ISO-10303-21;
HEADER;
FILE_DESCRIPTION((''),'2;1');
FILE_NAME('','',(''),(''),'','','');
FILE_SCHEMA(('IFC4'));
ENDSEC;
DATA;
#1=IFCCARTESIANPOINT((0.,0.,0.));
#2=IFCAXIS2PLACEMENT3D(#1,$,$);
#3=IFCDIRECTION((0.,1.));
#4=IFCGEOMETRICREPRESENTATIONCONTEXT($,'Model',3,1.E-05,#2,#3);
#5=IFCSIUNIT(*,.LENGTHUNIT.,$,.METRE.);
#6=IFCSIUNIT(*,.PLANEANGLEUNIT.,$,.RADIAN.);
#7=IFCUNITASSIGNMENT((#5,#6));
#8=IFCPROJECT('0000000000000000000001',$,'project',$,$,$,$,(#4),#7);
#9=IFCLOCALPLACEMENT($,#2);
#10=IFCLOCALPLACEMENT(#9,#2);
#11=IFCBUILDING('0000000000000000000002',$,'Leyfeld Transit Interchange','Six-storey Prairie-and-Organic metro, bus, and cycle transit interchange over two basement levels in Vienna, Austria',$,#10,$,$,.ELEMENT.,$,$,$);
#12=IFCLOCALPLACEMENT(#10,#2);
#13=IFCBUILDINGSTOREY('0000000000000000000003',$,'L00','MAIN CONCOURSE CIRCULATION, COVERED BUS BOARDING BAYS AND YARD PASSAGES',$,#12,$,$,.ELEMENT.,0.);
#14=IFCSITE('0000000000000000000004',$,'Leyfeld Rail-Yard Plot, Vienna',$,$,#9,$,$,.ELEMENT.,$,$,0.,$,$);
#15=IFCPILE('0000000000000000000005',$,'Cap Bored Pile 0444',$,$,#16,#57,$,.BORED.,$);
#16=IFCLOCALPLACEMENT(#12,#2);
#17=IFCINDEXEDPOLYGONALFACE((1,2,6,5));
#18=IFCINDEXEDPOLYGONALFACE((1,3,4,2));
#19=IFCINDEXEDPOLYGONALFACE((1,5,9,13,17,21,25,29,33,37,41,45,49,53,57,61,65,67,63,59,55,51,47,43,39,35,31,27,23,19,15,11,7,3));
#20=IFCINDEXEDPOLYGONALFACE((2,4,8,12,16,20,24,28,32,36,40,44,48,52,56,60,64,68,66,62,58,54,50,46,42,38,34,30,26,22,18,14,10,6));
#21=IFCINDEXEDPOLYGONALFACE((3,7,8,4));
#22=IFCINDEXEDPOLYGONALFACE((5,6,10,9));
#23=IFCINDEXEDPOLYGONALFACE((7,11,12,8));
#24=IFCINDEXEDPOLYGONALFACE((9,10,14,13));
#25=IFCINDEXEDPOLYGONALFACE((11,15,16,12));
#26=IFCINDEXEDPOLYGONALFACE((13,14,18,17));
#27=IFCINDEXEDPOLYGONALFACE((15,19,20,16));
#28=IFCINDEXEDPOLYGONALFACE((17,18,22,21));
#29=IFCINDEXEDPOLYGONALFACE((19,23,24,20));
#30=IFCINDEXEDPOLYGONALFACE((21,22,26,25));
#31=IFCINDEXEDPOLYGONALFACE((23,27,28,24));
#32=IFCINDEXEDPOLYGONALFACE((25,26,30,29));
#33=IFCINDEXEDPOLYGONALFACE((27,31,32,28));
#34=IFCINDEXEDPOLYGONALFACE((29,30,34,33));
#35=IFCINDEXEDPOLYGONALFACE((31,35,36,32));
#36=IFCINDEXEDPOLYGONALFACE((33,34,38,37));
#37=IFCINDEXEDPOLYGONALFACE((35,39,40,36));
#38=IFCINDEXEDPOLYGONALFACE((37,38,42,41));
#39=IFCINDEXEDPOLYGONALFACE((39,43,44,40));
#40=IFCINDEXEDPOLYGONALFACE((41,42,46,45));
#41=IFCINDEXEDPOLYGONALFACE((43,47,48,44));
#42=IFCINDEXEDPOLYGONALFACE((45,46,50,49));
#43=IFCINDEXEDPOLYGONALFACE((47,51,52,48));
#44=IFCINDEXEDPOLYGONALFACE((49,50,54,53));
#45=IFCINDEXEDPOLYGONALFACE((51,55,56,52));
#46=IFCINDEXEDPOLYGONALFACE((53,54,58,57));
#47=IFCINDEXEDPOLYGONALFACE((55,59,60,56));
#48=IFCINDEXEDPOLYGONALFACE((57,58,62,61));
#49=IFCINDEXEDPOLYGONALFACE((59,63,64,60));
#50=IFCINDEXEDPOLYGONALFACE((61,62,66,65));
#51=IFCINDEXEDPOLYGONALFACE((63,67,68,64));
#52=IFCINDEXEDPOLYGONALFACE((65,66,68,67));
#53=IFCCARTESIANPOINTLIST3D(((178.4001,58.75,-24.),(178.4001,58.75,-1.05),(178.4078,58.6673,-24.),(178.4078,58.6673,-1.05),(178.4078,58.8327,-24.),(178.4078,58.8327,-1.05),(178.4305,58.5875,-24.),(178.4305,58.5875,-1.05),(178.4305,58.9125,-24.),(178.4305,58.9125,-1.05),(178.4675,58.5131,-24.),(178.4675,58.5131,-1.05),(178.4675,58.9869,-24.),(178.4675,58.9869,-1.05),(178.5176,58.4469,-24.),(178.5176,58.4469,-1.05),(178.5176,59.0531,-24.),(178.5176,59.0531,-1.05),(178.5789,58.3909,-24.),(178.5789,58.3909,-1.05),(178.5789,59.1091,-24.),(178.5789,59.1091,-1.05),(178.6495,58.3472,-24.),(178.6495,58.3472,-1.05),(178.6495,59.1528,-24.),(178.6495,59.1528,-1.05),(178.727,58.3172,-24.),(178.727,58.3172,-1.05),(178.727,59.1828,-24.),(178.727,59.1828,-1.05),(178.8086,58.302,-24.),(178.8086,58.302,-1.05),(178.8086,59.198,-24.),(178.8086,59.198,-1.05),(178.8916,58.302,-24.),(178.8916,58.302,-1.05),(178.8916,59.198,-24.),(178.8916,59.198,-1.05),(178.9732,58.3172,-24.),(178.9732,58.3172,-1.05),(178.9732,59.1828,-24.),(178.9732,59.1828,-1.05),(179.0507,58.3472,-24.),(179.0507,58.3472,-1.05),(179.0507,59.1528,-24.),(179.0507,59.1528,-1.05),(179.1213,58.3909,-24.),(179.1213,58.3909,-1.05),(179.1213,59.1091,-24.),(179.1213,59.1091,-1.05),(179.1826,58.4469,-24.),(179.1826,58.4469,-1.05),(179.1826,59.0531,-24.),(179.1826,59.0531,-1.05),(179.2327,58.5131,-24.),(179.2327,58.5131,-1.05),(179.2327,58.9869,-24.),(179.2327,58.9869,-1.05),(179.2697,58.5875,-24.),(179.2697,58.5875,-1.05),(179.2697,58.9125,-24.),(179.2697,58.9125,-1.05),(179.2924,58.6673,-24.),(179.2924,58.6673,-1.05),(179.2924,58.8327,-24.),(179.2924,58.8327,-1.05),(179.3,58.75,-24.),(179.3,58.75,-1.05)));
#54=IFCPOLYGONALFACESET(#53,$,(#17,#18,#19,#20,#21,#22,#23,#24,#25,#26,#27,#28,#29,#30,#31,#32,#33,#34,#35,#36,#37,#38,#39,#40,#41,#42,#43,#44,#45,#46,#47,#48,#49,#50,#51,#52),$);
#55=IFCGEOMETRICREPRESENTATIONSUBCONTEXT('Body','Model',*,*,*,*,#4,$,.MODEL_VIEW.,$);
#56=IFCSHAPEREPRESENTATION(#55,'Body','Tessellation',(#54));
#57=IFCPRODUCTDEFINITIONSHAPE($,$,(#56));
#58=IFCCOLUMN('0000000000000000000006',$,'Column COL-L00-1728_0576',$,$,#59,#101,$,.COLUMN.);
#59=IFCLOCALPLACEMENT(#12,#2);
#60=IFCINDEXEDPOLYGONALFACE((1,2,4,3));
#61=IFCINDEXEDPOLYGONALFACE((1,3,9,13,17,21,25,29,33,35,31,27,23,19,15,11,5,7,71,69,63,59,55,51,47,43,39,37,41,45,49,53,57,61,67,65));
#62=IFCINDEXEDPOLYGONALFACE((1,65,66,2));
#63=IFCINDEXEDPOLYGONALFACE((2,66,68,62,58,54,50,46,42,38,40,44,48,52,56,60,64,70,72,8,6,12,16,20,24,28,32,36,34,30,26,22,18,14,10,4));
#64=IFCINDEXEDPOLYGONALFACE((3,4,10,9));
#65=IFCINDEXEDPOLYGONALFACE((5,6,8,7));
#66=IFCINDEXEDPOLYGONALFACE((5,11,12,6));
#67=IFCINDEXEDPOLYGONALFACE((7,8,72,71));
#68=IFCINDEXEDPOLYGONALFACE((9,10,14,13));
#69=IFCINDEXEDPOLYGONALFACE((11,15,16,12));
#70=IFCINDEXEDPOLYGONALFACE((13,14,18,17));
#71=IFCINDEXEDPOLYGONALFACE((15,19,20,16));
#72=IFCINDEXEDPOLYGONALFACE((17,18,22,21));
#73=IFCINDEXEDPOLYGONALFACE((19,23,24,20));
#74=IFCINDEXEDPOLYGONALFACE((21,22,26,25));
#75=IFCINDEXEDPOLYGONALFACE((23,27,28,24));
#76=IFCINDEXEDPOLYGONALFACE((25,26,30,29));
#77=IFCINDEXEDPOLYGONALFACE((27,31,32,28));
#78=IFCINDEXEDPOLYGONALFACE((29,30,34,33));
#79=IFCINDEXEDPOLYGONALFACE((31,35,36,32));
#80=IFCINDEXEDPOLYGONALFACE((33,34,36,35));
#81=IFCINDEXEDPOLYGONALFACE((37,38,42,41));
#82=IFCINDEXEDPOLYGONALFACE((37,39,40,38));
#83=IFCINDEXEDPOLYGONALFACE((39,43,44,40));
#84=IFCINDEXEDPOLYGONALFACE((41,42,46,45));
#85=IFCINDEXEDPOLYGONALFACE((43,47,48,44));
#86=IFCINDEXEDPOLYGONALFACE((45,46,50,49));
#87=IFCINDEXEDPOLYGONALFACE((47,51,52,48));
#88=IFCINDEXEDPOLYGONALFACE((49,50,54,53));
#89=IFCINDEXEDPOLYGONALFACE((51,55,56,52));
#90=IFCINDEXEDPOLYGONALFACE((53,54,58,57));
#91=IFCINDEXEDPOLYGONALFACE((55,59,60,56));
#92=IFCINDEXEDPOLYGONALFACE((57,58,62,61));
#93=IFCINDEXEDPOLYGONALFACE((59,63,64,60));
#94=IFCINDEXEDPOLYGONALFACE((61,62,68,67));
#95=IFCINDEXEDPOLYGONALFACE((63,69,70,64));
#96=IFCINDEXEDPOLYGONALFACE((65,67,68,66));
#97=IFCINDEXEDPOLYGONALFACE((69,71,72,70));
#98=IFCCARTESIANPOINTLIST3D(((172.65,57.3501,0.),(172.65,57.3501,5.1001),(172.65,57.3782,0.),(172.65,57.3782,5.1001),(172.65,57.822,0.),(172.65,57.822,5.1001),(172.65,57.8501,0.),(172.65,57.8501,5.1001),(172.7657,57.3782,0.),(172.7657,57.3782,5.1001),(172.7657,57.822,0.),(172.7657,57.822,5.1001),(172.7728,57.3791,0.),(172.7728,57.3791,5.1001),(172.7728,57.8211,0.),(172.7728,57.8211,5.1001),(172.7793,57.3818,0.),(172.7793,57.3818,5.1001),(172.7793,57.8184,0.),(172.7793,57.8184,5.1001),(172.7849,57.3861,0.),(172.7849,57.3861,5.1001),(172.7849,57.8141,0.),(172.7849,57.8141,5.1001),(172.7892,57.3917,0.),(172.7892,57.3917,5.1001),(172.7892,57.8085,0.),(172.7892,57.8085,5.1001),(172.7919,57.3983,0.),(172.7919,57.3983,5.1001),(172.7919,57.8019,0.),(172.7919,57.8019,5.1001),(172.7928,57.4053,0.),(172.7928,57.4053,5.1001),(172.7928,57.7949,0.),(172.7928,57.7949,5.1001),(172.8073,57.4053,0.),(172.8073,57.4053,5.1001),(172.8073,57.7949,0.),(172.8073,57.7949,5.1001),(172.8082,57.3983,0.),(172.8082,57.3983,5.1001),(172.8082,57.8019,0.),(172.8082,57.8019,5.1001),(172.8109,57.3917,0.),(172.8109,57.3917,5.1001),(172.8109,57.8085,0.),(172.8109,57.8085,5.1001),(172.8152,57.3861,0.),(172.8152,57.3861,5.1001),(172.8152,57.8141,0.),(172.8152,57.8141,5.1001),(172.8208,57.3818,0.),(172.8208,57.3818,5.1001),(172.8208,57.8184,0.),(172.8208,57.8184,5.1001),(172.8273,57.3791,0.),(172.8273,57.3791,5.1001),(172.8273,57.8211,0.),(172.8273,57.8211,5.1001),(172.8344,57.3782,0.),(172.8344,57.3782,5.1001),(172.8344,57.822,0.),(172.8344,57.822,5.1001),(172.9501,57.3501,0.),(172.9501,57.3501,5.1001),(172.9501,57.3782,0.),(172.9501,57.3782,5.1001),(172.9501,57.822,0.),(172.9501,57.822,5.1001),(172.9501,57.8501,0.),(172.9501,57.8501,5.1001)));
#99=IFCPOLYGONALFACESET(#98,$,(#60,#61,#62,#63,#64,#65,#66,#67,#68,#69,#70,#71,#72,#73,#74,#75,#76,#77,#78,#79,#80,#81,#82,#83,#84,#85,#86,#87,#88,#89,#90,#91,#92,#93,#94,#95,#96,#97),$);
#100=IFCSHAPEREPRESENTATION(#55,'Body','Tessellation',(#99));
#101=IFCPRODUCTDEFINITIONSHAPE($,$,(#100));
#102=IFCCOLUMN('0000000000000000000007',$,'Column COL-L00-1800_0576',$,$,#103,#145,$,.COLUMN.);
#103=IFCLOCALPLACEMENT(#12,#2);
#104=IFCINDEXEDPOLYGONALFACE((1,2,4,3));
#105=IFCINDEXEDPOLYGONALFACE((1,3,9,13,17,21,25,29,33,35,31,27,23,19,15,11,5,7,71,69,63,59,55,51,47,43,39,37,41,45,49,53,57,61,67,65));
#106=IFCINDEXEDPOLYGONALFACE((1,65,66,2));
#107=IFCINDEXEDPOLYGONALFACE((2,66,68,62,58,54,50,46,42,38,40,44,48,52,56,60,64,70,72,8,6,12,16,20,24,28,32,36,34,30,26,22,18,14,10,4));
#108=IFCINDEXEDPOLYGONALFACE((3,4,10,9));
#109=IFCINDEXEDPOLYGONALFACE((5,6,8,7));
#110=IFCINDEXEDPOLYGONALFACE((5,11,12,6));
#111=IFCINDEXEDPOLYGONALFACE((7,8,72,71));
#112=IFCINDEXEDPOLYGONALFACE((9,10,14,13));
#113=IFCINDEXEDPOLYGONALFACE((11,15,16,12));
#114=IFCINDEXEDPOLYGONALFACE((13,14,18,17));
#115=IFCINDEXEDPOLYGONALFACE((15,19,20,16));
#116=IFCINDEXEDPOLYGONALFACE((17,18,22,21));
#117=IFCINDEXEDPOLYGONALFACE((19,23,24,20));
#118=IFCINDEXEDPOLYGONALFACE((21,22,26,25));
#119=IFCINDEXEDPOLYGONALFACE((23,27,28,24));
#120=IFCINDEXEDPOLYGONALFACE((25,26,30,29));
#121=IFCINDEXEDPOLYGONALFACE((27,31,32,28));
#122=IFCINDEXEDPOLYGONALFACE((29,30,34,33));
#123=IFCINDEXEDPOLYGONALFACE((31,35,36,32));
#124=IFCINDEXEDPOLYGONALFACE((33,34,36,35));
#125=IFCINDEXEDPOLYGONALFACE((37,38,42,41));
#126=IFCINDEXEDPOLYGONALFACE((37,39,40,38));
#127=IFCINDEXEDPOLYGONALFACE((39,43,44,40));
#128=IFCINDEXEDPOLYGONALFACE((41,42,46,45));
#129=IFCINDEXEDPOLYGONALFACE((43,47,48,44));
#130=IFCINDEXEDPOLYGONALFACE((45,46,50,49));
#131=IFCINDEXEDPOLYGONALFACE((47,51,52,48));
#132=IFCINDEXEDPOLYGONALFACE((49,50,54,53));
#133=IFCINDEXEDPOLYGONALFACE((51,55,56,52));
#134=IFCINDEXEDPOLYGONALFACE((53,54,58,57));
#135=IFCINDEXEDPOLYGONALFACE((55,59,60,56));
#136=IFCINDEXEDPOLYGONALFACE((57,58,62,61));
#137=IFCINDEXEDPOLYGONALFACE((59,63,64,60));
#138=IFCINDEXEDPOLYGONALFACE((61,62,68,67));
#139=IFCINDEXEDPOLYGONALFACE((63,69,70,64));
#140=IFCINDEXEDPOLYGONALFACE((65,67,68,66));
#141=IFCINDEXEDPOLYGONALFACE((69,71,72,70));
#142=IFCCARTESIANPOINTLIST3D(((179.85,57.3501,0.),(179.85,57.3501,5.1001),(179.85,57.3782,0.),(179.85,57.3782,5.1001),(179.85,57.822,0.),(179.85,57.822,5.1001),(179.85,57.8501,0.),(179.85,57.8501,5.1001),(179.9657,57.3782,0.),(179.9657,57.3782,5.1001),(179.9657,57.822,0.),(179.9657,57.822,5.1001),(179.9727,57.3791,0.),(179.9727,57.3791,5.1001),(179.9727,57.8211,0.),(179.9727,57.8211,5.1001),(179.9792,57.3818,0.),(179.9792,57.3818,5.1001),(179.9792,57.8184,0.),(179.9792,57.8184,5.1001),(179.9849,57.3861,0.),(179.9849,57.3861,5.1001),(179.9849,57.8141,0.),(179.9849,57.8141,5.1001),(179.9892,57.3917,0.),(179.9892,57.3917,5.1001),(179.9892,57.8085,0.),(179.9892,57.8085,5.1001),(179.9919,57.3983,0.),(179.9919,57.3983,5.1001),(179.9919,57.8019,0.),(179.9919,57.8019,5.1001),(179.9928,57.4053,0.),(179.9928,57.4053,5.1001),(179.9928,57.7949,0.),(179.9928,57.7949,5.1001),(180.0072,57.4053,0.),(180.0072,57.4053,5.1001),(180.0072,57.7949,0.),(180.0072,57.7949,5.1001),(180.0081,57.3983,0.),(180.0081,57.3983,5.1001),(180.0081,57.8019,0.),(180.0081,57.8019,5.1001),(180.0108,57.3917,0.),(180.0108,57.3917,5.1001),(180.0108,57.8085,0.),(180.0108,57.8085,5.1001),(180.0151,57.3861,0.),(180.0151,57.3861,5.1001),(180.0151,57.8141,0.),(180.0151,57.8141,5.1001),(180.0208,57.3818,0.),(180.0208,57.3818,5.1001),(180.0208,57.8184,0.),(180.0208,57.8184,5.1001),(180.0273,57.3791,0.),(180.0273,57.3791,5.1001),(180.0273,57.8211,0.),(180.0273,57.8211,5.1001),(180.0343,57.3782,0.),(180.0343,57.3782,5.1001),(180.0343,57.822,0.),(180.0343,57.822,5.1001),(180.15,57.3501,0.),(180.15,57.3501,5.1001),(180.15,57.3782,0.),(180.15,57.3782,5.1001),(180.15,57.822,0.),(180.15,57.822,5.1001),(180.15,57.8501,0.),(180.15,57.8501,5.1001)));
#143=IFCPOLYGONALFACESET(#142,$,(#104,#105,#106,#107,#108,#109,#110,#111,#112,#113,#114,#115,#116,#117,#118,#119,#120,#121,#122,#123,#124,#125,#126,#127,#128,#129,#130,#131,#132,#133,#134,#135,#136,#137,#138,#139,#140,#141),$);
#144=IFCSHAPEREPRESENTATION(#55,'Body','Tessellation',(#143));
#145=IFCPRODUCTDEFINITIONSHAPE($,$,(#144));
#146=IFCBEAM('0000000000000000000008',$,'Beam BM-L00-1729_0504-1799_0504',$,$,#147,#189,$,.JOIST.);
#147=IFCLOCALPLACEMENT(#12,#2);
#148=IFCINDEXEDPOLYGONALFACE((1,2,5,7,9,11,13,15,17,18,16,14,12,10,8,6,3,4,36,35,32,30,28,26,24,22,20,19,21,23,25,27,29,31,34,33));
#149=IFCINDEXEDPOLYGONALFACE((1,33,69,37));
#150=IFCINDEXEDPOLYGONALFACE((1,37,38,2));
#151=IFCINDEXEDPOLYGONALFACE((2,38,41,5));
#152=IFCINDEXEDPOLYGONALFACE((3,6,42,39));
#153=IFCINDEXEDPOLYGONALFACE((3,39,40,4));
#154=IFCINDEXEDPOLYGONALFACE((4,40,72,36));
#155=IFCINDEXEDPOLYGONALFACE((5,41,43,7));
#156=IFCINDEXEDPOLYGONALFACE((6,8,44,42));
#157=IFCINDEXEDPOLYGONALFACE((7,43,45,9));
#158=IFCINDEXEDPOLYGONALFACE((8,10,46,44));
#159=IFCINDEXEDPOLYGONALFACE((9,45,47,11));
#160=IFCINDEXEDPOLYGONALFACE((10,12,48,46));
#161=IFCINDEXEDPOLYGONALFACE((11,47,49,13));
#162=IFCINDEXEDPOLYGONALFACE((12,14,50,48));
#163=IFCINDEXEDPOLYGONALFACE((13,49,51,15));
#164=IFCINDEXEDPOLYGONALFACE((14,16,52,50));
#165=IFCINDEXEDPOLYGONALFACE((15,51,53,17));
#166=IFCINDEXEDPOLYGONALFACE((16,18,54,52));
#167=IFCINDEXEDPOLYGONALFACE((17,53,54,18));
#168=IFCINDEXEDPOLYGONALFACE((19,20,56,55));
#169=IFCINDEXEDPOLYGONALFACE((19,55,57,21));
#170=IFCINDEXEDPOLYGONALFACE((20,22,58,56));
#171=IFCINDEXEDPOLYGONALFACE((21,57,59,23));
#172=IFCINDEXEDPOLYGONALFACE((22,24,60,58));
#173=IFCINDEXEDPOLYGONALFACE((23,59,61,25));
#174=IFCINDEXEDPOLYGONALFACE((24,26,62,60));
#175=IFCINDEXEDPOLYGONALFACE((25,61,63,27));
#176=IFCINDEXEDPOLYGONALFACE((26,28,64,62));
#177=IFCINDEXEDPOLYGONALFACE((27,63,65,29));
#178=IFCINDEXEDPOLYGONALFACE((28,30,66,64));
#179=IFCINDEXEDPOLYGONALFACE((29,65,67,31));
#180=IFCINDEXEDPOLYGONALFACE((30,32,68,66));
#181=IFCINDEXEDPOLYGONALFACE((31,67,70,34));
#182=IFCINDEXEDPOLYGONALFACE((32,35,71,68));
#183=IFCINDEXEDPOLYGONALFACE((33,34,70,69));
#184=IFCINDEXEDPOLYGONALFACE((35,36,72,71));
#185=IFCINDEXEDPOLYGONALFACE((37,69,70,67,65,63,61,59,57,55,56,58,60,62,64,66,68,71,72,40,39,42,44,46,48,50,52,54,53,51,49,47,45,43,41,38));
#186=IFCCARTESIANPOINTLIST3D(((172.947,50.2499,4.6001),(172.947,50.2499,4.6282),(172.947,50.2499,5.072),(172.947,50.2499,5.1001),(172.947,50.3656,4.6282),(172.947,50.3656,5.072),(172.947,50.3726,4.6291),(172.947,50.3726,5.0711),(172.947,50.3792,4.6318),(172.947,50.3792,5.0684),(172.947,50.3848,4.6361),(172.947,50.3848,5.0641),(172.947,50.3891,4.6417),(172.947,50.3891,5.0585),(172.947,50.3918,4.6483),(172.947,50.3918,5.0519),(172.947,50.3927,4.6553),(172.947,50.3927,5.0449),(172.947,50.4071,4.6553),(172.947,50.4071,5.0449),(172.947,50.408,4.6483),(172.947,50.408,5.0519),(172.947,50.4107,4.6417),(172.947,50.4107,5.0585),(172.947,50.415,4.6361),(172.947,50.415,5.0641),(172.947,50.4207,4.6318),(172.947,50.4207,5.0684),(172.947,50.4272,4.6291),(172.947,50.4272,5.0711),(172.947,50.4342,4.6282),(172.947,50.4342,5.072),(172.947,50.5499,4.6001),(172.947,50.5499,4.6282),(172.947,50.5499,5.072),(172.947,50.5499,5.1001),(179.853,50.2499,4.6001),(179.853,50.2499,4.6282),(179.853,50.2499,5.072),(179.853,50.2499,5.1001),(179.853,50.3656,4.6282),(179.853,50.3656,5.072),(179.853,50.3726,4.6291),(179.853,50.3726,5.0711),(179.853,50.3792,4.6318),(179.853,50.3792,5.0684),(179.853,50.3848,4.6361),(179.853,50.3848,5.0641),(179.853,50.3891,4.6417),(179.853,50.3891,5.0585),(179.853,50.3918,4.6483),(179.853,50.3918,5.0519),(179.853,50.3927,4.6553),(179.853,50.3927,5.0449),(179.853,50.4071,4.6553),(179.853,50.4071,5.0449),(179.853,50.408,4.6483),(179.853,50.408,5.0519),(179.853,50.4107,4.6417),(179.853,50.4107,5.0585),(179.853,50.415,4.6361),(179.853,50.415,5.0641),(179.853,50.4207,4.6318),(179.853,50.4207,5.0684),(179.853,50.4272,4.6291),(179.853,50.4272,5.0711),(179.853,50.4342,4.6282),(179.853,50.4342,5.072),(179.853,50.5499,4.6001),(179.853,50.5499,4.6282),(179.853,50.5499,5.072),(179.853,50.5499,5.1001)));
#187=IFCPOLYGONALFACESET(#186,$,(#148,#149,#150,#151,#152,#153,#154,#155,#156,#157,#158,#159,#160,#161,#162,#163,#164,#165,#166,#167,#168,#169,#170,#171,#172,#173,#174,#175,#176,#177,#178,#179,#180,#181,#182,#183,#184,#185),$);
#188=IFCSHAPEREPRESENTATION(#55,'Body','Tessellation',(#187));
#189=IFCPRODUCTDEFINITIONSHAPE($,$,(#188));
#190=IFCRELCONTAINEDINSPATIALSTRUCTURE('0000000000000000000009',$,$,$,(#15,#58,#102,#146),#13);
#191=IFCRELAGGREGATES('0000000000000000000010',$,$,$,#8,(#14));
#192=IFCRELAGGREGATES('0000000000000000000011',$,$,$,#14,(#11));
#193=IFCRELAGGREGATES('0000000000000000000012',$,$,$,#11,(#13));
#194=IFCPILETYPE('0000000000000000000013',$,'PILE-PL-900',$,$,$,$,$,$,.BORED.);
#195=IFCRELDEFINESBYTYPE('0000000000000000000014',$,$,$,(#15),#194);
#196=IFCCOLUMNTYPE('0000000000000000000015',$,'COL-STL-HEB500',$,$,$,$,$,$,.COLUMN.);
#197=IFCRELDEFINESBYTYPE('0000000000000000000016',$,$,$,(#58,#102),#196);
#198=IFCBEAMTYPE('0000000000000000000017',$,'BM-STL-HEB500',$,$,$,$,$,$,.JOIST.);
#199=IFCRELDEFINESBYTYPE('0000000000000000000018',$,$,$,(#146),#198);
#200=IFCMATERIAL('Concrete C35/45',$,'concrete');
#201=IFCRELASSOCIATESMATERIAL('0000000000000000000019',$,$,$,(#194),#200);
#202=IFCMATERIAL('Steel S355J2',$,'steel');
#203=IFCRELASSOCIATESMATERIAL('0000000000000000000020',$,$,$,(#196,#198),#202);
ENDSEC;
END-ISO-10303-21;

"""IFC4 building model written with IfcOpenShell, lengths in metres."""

from ifc_helpers import new_model, si_unit, direction, frame, origin, origin_2d, place, context, subcontext, project, spatial, circle, i_section, extrude, material, material_profile, profile_set, type_object, element, save


model = new_model("IFC4")

# Units and contexts
model_context = context("Model", 3, precision=1e-05, world=origin(), true_north=direction((0.0, 1.0)))
body_context = subcontext(model_context, "Body", "Model", "MODEL_VIEW")
ifc_project = project(units=[si_unit("LENGTHUNIT", "METRE"), si_unit("PLANEANGLEUNIT", "RADIAN")], contexts=[model_context])

# Site, building, storey
site_placement = place(None, origin())
site = spatial("IfcSite", under=ifc_project, at=site_placement, Name="Leyfeld Rail-Yard Plot, Vienna", CompositionType="ELEMENT", RefElevation=0.0)
building_placement = place(site_placement, origin())
building = spatial("IfcBuilding", under=site, at=building_placement, Name="Leyfeld Transit Interchange", Description="Six-storey Prairie-and-Organic metro, bus, and cycle transit interchange over two basement levels in Vienna, Austria", CompositionType="ELEMENT")
storey_placement = place(building_placement, origin())
storey = spatial("IfcBuildingStorey", under=building, at=storey_placement, Name="L00", Description="MAIN CONCOURSE CIRCULATION, COVERED BUS BOARDING BAYS AND YARD PASSAGES", CompositionType="ELEMENT", Elevation=0.0)

# Shared definitions
ifc_material_1 = material(Name="Concrete C35/45", Category="concrete")

# Pile
ifc_material_profile_1 = material_profile(ifc_material_1, circle(Radius=0.45, at=origin_2d()), Name="PILE D900")
ifc_profile_set_1 = profile_set([ifc_material_profile_1], Name="Concrete C35/45")
pile_type = type_object("IfcPileType", Name="PILE-PL-900", PredefinedType="BORED", material=ifc_profile_set_1)
for number, where, z_axis, x_axis, name in (
    (1, (178.8501, 58.75, -1.05), (0.0, 0.0, -1.0), (1.0, 0.0, 0.0), "Cap Bored Pile 0444"),
):
    element("IfcPile", number, at=place(storey_placement, frame(where, z_axis=z_axis, x_axis=x_axis)), inside=storey, type_object=pile_type, Name=name, PredefinedType="BORED", context=body_context, shape_type="SweptSolid", body=[
        extrude(circle(Radius=0.45, at=origin_2d()), origin(), (0.0, 0.0, 1.0), 22.95),
    ])

# Columns
ifc_material_2 = material(Name="Steel S355J2", Category="steel")
ifc_material_profile_2 = material_profile(ifc_material_2, i_section(OverallWidth=0.3, OverallDepth=0.5, WebThickness=0.0144, FlangeThickness=0.0281, FilletRadius=0.0271, at=origin_2d()), Name="HEB 500")
ifc_profile_set_2 = profile_set([ifc_material_profile_2], Name="Steel S355J2")
column_type = type_object("IfcColumnType", Name="COL-STL-HEB500", PredefinedType="COLUMN", material=ifc_profile_set_2)
for number, where, z_axis, x_axis, name in (
    (2, (172.8, 57.6001, 0.0), (0.0, 0.0, 1.0), (1.0, 0.0, 0.0), "Column COL-L00-1728_0576"),
    (3, (180.0, 57.6001, 0.0), (0.0, 0.0, 1.0), (1.0, 0.0, 0.0), "Column COL-L00-1800_0576"),
):
    element("IfcColumn", number, at=place(storey_placement, frame(where, z_axis=z_axis, x_axis=x_axis)), inside=storey, type_object=column_type, Name=name, PredefinedType="COLUMN", context=body_context, shape_type="SweptSolid", body=[
        extrude(i_section(OverallWidth=0.3, OverallDepth=0.5, WebThickness=0.0144, FlangeThickness=0.0281, FilletRadius=0.0271, at=origin_2d()), origin(), (0.0, 0.0, 1.0), 5.1001),
    ])

# Beam
ifc_material_profile_3 = material_profile(ifc_material_2, i_section(OverallWidth=0.3, OverallDepth=0.5, WebThickness=0.0144, FlangeThickness=0.0281, FilletRadius=0.0271, at=origin_2d()), Name="HEB 500")
ifc_profile_set_3 = profile_set([ifc_material_profile_3], Name="Steel S355J2")
beam_type_1 = type_object("IfcBeamType", Name="BM-STL-HEB500", PredefinedType="JOIST", material=ifc_profile_set_3)
beam_1_placement = place(storey_placement, frame((172.947, 50.3999, 4.8501), z_axis=(1.0, 0.0, 0.0), x_axis=(0.0, 1.0, 0.0)))
element("IfcBeam", 4, at=beam_1_placement, inside=storey, type_object=beam_type_1, Name="Beam BM-L00-1729_0504-1799_0504", PredefinedType="JOIST", context=body_context, shape_type="SweptSolid", body=[
    extrude(i_section(OverallWidth=0.3, OverallDepth=0.5, WebThickness=0.0144, FlangeThickness=0.0281, FilletRadius=0.0271, at=origin_2d()), origin(), (0.0, 0.0, 1.0), 6.906),
])

save(model, "model.ifc")
